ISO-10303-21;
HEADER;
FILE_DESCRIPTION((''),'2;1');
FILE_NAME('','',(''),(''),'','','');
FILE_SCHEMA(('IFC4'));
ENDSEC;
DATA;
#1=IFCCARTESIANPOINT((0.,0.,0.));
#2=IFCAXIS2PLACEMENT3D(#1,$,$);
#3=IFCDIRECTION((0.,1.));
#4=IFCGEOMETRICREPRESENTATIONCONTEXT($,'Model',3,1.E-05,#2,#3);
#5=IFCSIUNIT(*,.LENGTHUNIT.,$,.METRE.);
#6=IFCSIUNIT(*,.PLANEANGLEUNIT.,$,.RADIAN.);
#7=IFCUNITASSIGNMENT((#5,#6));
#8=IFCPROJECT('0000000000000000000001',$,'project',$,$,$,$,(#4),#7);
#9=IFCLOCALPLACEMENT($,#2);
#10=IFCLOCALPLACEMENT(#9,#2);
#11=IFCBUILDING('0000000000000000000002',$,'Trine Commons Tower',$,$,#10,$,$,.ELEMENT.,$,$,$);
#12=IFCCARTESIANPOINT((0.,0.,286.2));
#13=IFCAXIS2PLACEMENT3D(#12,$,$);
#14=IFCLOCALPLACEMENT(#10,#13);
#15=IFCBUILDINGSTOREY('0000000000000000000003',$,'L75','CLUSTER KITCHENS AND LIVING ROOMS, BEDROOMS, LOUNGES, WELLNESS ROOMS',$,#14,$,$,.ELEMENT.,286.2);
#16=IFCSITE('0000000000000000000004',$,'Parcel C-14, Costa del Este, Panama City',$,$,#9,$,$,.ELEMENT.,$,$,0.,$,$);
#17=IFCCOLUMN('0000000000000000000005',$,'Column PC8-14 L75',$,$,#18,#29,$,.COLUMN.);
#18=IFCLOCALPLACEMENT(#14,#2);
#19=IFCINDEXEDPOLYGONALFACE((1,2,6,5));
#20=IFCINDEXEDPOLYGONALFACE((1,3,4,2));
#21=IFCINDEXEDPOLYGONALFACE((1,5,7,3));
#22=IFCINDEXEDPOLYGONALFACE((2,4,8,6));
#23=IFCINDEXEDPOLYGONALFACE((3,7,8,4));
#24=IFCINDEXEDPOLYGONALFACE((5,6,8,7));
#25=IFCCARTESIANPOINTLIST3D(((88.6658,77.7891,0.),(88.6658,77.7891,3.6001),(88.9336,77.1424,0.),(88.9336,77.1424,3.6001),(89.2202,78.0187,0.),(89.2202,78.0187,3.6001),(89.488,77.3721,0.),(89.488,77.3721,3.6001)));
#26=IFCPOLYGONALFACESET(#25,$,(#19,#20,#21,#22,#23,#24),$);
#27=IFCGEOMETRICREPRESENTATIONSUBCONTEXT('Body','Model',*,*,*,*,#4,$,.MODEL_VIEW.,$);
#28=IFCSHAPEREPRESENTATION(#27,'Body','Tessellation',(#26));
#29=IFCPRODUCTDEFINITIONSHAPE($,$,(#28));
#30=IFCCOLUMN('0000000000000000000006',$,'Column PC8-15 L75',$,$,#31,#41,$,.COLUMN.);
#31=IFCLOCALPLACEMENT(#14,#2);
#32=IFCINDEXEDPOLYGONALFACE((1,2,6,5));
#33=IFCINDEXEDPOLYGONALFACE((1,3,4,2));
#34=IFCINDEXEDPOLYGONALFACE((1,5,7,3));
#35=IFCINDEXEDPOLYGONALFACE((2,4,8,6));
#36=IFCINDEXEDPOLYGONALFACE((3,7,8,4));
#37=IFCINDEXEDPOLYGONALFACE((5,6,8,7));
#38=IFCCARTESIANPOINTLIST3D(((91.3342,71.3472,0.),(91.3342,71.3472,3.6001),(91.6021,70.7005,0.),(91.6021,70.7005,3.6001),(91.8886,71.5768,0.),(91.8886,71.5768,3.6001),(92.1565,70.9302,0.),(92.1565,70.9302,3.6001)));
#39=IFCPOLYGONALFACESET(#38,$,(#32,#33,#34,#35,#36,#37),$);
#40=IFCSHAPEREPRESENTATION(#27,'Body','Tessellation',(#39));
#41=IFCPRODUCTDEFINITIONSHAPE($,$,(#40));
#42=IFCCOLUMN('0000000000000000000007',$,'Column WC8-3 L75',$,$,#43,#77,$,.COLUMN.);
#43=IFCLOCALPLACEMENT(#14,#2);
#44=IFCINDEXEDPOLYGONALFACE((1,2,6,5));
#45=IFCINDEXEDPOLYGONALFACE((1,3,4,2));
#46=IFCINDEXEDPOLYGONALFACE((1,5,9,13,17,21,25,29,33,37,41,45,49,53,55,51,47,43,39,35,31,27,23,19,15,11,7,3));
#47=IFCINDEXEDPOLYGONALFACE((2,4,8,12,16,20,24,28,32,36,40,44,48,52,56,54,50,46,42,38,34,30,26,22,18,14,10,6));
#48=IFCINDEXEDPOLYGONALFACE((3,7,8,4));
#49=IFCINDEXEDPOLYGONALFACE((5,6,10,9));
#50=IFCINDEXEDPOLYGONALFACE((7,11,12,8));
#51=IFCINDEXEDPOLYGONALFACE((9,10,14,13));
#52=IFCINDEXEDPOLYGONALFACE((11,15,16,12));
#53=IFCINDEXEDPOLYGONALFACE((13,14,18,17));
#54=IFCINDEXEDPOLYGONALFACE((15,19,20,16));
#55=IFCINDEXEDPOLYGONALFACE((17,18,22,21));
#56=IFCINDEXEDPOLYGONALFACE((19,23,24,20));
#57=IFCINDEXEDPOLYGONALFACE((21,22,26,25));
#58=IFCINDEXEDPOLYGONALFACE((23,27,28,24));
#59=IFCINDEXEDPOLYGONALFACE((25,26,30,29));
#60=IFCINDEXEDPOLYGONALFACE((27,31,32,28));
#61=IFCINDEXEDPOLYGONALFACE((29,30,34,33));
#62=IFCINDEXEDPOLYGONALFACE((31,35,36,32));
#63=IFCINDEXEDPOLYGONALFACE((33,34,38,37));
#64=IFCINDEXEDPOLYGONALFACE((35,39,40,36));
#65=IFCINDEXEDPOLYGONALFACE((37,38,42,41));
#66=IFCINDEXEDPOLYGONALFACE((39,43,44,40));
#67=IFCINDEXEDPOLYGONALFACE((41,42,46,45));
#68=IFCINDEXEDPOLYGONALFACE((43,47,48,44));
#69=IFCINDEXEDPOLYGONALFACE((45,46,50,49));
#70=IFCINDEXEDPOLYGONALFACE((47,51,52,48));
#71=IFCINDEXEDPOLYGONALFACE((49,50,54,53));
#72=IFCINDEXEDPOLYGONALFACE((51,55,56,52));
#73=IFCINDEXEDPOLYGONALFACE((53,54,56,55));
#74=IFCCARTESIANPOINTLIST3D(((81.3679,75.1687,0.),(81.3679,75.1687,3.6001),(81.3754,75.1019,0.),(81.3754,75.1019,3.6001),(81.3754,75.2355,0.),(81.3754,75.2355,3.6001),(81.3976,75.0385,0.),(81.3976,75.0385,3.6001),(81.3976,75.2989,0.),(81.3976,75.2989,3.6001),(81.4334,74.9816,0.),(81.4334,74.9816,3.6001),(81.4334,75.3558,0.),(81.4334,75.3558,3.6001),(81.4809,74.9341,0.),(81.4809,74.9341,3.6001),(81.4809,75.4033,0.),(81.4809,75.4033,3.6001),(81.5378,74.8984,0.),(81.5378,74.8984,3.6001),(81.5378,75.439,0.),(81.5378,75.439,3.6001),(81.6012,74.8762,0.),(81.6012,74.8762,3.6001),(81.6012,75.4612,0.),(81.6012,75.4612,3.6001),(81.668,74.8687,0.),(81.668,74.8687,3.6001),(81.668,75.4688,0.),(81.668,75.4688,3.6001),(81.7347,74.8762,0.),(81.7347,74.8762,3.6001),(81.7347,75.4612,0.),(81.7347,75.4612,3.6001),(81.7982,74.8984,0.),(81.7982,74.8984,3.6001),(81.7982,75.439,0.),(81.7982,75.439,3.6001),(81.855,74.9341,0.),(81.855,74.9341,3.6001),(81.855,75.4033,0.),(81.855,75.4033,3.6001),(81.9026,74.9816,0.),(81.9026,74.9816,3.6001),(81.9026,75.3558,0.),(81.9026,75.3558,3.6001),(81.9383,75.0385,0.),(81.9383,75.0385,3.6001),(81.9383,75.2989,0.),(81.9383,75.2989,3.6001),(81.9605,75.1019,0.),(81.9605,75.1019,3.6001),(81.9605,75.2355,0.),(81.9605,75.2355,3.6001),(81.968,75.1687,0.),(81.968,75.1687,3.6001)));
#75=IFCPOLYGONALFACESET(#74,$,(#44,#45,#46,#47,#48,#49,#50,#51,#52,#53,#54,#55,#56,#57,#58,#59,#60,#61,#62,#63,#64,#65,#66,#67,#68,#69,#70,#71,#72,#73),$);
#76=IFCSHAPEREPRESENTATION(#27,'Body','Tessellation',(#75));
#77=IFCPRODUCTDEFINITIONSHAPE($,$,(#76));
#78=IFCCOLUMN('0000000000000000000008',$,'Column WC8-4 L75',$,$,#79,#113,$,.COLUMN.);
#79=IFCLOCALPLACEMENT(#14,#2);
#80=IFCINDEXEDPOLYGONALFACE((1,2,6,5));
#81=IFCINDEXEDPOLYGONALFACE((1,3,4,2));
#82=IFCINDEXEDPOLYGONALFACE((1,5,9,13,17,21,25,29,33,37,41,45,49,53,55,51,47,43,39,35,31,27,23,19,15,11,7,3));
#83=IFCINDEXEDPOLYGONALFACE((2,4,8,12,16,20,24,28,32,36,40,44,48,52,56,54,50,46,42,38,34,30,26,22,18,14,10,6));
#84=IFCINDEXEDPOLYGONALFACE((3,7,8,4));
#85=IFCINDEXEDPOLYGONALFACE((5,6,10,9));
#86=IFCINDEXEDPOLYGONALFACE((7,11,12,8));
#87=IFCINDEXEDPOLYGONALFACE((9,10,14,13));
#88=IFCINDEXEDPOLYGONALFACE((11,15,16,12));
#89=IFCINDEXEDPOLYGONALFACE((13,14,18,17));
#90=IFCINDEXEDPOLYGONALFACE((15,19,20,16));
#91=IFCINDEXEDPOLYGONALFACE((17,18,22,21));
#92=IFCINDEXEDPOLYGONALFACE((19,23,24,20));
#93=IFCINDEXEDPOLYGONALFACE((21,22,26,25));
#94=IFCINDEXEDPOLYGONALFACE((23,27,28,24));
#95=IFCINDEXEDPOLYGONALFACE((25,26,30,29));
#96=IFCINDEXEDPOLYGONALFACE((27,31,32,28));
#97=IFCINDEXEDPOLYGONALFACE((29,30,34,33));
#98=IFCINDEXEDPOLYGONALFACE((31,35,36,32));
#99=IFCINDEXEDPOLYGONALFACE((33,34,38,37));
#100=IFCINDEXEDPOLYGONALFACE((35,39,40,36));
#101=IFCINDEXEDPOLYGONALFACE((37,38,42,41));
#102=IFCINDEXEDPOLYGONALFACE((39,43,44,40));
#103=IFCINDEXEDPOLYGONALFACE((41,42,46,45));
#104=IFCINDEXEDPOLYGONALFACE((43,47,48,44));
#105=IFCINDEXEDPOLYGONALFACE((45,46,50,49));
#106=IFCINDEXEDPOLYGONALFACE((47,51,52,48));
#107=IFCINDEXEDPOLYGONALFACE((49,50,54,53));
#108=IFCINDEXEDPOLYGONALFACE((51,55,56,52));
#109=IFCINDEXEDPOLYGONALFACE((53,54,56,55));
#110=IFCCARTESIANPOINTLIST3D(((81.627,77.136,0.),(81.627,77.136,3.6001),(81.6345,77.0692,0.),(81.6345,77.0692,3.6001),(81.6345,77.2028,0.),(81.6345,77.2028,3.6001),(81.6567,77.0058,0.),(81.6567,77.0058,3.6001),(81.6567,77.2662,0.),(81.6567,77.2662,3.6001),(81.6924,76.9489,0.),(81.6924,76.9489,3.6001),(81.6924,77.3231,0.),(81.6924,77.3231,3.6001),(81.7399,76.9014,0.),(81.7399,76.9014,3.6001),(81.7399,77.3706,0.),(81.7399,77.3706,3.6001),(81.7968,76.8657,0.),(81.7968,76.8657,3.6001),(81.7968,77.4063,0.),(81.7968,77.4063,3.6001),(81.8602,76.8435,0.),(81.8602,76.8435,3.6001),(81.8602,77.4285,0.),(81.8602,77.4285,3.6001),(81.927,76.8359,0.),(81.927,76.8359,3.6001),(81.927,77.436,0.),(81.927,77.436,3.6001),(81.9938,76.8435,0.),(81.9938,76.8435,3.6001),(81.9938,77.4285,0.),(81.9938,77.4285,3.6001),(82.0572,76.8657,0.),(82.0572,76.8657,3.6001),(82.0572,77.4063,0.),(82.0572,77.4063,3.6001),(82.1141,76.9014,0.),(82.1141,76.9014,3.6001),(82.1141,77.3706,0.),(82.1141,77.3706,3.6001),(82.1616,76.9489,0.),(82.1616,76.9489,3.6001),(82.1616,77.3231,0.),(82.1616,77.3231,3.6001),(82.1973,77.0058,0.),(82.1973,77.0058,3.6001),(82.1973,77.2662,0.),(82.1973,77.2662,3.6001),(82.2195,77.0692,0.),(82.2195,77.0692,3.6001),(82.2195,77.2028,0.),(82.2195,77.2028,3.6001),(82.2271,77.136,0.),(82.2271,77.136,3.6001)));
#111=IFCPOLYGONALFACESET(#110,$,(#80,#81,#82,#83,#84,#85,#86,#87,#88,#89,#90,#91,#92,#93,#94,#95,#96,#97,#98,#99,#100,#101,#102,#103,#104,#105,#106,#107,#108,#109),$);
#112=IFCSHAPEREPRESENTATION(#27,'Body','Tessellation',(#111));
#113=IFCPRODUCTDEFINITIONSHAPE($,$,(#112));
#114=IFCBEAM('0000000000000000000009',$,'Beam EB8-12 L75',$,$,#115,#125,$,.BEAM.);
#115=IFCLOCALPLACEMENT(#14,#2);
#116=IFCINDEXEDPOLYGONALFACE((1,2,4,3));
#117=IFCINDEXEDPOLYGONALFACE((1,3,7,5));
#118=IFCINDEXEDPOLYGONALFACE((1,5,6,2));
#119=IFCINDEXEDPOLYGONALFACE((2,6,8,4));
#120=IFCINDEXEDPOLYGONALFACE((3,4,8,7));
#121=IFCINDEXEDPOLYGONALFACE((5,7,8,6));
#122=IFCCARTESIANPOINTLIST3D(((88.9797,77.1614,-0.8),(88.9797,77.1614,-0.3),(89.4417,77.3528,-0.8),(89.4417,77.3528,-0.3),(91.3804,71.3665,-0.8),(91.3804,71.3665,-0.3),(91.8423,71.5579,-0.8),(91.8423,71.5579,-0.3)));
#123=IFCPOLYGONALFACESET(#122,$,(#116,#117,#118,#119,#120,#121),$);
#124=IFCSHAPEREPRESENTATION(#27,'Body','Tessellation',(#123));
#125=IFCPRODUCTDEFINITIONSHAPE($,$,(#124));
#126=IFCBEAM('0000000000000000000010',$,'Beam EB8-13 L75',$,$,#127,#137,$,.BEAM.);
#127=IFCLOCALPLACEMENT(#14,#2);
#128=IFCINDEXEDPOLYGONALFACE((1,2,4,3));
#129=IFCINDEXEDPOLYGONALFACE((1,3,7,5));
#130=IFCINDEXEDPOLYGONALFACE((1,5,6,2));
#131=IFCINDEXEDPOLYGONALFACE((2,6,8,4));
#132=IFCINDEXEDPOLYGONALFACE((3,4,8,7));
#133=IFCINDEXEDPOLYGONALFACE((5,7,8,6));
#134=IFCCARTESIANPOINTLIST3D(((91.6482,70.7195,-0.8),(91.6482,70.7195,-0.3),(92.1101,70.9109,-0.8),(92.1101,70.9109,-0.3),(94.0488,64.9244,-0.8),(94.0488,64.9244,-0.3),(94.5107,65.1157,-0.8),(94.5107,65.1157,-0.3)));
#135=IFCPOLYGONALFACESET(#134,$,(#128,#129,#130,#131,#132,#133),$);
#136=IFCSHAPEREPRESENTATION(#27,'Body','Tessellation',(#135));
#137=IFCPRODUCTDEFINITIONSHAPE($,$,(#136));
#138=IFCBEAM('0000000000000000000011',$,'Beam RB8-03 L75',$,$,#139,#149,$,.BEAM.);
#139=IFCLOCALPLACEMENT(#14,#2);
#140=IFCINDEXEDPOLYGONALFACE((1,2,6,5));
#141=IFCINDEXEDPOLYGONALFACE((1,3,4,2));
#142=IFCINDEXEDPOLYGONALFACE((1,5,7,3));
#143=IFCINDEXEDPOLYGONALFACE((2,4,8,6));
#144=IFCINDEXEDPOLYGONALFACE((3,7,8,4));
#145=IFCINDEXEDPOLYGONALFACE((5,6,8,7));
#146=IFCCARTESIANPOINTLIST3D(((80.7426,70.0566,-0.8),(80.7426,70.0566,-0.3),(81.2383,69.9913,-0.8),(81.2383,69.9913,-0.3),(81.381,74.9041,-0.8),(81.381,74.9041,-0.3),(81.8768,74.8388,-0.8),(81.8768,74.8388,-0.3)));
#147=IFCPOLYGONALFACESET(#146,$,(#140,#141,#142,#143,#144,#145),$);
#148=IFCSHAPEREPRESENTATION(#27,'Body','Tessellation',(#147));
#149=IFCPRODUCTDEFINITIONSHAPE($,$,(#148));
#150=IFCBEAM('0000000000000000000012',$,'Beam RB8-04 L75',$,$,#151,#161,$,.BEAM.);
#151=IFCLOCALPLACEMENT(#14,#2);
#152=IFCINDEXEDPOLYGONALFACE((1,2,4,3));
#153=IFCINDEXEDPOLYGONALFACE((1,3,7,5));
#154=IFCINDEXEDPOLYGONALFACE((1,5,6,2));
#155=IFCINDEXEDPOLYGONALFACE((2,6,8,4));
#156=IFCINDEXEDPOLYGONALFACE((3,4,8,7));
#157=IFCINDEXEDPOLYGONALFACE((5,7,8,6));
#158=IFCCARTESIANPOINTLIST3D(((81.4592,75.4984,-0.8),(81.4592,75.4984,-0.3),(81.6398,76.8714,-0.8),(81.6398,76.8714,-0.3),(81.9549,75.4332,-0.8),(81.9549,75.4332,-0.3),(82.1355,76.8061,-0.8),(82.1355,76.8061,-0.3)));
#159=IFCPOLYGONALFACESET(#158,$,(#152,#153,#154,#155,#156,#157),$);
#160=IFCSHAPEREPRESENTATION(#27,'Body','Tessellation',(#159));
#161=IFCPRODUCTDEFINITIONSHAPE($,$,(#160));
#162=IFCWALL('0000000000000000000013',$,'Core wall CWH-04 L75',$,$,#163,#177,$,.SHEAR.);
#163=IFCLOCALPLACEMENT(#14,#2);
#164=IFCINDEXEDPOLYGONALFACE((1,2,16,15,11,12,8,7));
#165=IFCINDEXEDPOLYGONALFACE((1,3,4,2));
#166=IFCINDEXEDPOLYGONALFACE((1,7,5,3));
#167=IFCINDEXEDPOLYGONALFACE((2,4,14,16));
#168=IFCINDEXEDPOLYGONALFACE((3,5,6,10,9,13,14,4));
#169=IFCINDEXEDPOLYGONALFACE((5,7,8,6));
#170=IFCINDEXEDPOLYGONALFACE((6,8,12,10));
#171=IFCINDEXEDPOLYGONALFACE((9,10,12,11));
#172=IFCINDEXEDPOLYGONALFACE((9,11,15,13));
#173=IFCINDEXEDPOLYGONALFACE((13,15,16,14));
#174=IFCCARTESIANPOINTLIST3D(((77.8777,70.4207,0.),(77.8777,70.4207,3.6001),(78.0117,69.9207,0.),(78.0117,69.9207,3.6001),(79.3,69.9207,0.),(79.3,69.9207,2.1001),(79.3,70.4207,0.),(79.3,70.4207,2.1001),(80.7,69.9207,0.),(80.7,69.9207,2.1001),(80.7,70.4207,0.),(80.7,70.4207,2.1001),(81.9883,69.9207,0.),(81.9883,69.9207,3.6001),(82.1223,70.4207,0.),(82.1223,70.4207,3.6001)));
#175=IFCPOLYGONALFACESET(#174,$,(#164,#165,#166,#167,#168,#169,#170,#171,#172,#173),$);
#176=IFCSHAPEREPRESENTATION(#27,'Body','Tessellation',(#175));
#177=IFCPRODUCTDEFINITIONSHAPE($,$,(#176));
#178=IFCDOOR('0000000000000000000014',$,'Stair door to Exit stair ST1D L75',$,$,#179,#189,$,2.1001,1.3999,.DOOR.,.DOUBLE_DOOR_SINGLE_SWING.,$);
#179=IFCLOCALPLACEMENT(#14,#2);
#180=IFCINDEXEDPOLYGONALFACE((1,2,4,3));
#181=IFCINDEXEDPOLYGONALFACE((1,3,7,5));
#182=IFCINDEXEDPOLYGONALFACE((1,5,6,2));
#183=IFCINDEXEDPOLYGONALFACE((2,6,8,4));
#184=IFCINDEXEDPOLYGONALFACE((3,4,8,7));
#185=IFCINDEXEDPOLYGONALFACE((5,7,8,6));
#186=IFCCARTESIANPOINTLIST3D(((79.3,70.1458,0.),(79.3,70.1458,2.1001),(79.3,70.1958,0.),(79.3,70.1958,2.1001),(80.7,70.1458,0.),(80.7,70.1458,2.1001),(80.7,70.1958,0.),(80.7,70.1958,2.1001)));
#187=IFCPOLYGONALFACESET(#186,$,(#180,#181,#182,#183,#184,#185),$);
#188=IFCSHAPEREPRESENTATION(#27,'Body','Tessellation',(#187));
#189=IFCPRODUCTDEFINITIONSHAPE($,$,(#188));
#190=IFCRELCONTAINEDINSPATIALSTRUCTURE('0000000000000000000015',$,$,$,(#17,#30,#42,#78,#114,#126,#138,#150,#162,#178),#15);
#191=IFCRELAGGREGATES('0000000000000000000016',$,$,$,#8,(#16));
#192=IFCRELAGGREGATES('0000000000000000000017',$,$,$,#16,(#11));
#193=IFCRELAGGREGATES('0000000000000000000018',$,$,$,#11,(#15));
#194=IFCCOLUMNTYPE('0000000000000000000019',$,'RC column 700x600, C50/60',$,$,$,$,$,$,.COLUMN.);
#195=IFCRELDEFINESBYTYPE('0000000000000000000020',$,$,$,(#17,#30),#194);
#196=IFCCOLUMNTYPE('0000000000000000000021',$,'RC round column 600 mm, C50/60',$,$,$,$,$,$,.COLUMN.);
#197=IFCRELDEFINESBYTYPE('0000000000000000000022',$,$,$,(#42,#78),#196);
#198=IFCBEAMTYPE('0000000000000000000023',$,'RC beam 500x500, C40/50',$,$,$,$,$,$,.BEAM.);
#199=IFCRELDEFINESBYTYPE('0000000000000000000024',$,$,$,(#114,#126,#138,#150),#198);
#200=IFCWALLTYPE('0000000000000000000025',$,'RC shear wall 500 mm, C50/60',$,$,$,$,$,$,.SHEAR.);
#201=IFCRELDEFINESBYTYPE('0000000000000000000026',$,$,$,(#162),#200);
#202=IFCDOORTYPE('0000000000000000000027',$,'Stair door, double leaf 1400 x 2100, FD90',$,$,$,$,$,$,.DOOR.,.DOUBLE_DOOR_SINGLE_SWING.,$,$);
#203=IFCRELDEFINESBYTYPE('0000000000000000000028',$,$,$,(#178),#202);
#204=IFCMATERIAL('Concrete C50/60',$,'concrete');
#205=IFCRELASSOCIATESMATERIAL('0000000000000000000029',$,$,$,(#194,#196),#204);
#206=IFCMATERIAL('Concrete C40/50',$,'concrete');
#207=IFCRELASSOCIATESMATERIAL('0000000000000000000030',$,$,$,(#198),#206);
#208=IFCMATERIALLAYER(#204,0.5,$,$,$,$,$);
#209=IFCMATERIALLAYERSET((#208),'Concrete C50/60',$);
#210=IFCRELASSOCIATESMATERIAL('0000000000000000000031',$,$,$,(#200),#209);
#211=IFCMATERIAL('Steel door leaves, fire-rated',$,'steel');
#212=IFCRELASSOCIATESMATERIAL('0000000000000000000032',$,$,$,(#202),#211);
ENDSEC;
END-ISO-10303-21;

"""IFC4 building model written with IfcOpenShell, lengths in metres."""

from ifc_helpers import new_model, si_unit, direction, frame, frame_2d, origin, origin_2d, place, context, subcontext, project, spatial, polyline, rectangle, circle, outline, extrude, material, layer, layer_set, material_profile, profile_set, type_object, element, fill, save


model = new_model("IFC4")

# Units and contexts
model_context = context("Model", 3, precision=1e-05, world=origin(), true_north=direction((0.0, 1.0)))
body_context = subcontext(model_context, "Body", "Model", "MODEL_VIEW")
ifc_project = project(units=[si_unit("LENGTHUNIT", "METRE"), si_unit("PLANEANGLEUNIT", "RADIAN")], contexts=[model_context])

# Site, building, storey
site_placement = place(None, origin())
site = spatial("IfcSite", under=ifc_project, at=site_placement, Name="Parcel C-14, Costa del Este, Panama City", CompositionType="ELEMENT", RefElevation=0.0)
building_placement = place(site_placement, origin())
building = spatial("IfcBuilding", under=site, at=building_placement, Name="Trine Commons Tower", CompositionType="ELEMENT")
storey_placement = place(building_placement, frame((0.0, 0.0, 286.2)))
storey = spatial("IfcBuildingStorey", under=building, at=storey_placement, Name="L75", Description="CLUSTER KITCHENS AND LIVING ROOMS, BEDROOMS, LOUNGES, WELLNESS ROOMS", CompositionType="ELEMENT", Elevation=286.2)

# Columns
ifc_material_1 = material(Name="Concrete C50/60", Category="concrete")
ifc_material_profile_1 = material_profile(ifc_material_1, rectangle(XDim=0.7, YDim=0.6001, at=origin_2d()), Name="RC 700x600")
ifc_profile_set_1 = profile_set([ifc_material_profile_1], Name="Concrete C50/60")
column_type_1 = type_object("IfcColumnType", Name="RC column 700x600, C50/60", PredefinedType="COLUMN", material=ifc_profile_set_1)
for number, where, z_axis, x_axis, name in (
    (1, (89.0769, 77.5806, 0.0), (0.0, 0.0, 1.0), (-0.382683, 0.92388, 0.0), "Column PC8-14 L75"),
    (2, (91.7454, 71.1387, 0.0), (0.0, 0.0, 1.0), (-0.382683, 0.92388, 0.0), "Column PC8-15 L75"),
):
    element("IfcColumn", number, at=place(storey_placement, frame(where, z_axis=z_axis, x_axis=x_axis)), inside=storey, type_object=column_type_1, Name=name, PredefinedType="COLUMN", context=body_context, shape_type="SweptSolid", body=[
        extrude(rectangle(XDim=0.7, YDim=0.6001, at=origin_2d()), origin(), (0.0, 0.0, 1.0), 3.6001),
    ])
ifc_material_profile_2 = material_profile(ifc_material_1, circle(Radius=0.3, at=origin_2d()), Name="RC round 600")
ifc_profile_set_2 = profile_set([ifc_material_profile_2], Name="Concrete C50/60")
column_type_2 = type_object("IfcColumnType", Name="RC round column 600 mm, C50/60", PredefinedType="COLUMN", material=ifc_profile_set_2)
for number, where, z_axis, x_axis, name in (
    (3, (81.668, 75.1687, 0.0), (0.0, 0.0, 1.0), (1.0, 0.0, 0.0), "Column WC8-3 L75"),
    (4, (81.927, 77.136, 0.0), (0.0, 0.0, 1.0), (1.0, 0.0, 0.0), "Column WC8-4 L75"),
):
    element("IfcColumn", number, at=place(storey_placement, frame(where, z_axis=z_axis, x_axis=x_axis)), inside=storey, type_object=column_type_2, Name=name, PredefinedType="COLUMN", context=body_context, shape_type="SweptSolid", body=[
        extrude(circle(Radius=0.3, at=origin_2d()), origin(), (0.0, 0.0, 1.0), 3.6001),
    ])

# Beams
ifc_material_2 = material(Name="Concrete C40/50", Category="concrete")
ifc_material_profile_3 = material_profile(ifc_material_2, rectangle(XDim=0.5, YDim=0.5, at=origin_2d()), Name="RC 500x500")
ifc_profile_set_3 = profile_set([ifc_material_profile_3], Name="Concrete C40/50")
beam_type = type_object("IfcBeamType", Name="RC beam 500x500, C40/50", PredefinedType="BEAM", material=ifc_profile_set_3)
beam_1_placement = place(storey_placement, frame((89.2107, 77.2571, -0.55), z_axis=(0.382724, -0.923863, 0.0), x_axis=(0.923863, 0.382724, 0.0)))
element("IfcBeam", 5, at=beam_1_placement, inside=storey, type_object=beam_type, Name="Beam EB8-12 L75", PredefinedType="BEAM", context=body_context, shape_type="SweptSolid", body=[
    extrude(rectangle(XDim=0.5, YDim=0.5, at=origin_2d()), origin(), (0.0, 0.0, 1.0), 6.2725),
])
beam_2_placement = place(storey_placement, frame((91.8792, 70.8152, -0.55), z_axis=(0.38271, -0.923868, 0.0), x_axis=(0.923868, 0.38271, 0.0)))
element("IfcBeam", 6, at=beam_2_placement, inside=storey, type_object=beam_type, Name="Beam EB8-13 L75", PredefinedType="BEAM", context=body_context, shape_type="SweptSolid", body=[
    extrude(rectangle(XDim=0.5, YDim=0.5, at=origin_2d()), origin(), (0.0, 0.0, 1.0), 6.2727),
])
beam_3_placement = place(storey_placement, frame((80.9905, 70.0239, -0.55), z_axis=(0.130571, 0.991439, 0.0), x_axis=(-0.991439, 0.130571, 0.0)))
element("IfcBeam", 7, at=beam_3_placement, inside=storey, type_object=beam_type, Name="Beam RB8-03 L75", PredefinedType="BEAM", context=body_context, shape_type="SweptSolid", body=[
    extrude(rectangle(XDim=0.5, YDim=0.5, at=origin_2d()), origin(), (0.0, 0.0, 1.0), 4.8894),
])
beam_4_placement = place(storey_placement, frame((81.707, 75.4658, -0.55), z_axis=(0.130455, 0.991454, 0.0), x_axis=(-0.991454, 0.130455, 0.0)))
element("IfcBeam", 8, at=beam_4_placement, inside=storey, type_object=beam_type, Name="Beam RB8-04 L75", PredefinedType="BEAM", context=body_context, shape_type="SweptSolid", body=[
    extrude(rectangle(XDim=0.5, YDim=0.5, at=origin_2d()), origin(), (0.0, 0.0, 1.0), 1.3848),
])

# Wall, opening, door
ifc_layer_1 = layer(ifc_material_1, 0.5)
ifc_layer_set_1 = layer_set([ifc_layer_1], Name="Concrete C50/60")
wall_type_1 = type_object("IfcWallType", Name="RC shear wall 500 mm, C50/60", PredefinedType="SHEAR", material=ifc_layer_set_1)
wall_1_placement = place(storey_placement, frame((82.1223, 70.1707, 0.0), z_axis=(0.0, 0.0, 1.0), x_axis=(-1.0, 0.0, 0.0)))
wall_1 = element("IfcWall", 9, at=wall_1_placement, inside=storey, type_object=wall_type_1, Name="Core wall CWH-04 L75", PredefinedType="SHEAR", context=body_context, shape_type="SweptSolid", body=[
    extrude(outline(polyline([(0.0, -0.25), (4.2446, -0.25), (4.1106, 0.25), (0.134, 0.25), (0.0, -0.25)])), origin(), (0.0, 0.0, 1.0), 3.6001),
])
opening_1_placement = place(wall_1_placement, frame((1.4224, 0.0, 0.0)))
opening_1 = element("IfcOpeningElement", 10, at=opening_1_placement, cuts=wall_1, PredefinedType="OPENING", context=body_context, shape_type="SweptSolid", body=[
    extrude(rectangle(XDim=1.3999, YDim=2.1001, at=frame_2d((0.7, 1.05))), frame((0.0, 0.26, 0.0), z_axis=(0.0, -1.0, 0.0), x_axis=(1.0, 0.0, 0.0)), (0.0, 0.0, 1.0), 0.52),
])
ifc_material_3 = material(Name="Steel door leaves, fire-rated", Category="steel")
door_type_1 = type_object("IfcDoorType", Name="Stair door, double leaf 1400 x 2100, FD90", OperationType="DOUBLE_DOOR_SINGLE_SWING", PredefinedType="DOOR", material=ifc_material_3)
door_1_placement = place(opening_1_placement, origin())
door_1 = element("IfcDoor", 11, at=door_1_placement, inside=storey, type_object=door_type_1, Name="Stair door to Exit stair ST1D L75", OperationType="DOUBLE_DOOR_SINGLE_SWING", OverallHeight=2.1001, OverallWidth=1.3999, PredefinedType="DOOR", context=body_context, shape_type="SweptSolid", body=[
    extrude(rectangle(XDim=1.3999, YDim=2.1001, at=frame_2d((0.7, 1.05))), frame((0.0, 0.0249, 0.0), z_axis=(0.0, -1.0, 0.0), x_axis=(1.0, 0.0, 0.0)), (0.0, 0.0, 1.0), 0.05),
])
fill(opening_1, door_1)

save(model, "model.ifc")
